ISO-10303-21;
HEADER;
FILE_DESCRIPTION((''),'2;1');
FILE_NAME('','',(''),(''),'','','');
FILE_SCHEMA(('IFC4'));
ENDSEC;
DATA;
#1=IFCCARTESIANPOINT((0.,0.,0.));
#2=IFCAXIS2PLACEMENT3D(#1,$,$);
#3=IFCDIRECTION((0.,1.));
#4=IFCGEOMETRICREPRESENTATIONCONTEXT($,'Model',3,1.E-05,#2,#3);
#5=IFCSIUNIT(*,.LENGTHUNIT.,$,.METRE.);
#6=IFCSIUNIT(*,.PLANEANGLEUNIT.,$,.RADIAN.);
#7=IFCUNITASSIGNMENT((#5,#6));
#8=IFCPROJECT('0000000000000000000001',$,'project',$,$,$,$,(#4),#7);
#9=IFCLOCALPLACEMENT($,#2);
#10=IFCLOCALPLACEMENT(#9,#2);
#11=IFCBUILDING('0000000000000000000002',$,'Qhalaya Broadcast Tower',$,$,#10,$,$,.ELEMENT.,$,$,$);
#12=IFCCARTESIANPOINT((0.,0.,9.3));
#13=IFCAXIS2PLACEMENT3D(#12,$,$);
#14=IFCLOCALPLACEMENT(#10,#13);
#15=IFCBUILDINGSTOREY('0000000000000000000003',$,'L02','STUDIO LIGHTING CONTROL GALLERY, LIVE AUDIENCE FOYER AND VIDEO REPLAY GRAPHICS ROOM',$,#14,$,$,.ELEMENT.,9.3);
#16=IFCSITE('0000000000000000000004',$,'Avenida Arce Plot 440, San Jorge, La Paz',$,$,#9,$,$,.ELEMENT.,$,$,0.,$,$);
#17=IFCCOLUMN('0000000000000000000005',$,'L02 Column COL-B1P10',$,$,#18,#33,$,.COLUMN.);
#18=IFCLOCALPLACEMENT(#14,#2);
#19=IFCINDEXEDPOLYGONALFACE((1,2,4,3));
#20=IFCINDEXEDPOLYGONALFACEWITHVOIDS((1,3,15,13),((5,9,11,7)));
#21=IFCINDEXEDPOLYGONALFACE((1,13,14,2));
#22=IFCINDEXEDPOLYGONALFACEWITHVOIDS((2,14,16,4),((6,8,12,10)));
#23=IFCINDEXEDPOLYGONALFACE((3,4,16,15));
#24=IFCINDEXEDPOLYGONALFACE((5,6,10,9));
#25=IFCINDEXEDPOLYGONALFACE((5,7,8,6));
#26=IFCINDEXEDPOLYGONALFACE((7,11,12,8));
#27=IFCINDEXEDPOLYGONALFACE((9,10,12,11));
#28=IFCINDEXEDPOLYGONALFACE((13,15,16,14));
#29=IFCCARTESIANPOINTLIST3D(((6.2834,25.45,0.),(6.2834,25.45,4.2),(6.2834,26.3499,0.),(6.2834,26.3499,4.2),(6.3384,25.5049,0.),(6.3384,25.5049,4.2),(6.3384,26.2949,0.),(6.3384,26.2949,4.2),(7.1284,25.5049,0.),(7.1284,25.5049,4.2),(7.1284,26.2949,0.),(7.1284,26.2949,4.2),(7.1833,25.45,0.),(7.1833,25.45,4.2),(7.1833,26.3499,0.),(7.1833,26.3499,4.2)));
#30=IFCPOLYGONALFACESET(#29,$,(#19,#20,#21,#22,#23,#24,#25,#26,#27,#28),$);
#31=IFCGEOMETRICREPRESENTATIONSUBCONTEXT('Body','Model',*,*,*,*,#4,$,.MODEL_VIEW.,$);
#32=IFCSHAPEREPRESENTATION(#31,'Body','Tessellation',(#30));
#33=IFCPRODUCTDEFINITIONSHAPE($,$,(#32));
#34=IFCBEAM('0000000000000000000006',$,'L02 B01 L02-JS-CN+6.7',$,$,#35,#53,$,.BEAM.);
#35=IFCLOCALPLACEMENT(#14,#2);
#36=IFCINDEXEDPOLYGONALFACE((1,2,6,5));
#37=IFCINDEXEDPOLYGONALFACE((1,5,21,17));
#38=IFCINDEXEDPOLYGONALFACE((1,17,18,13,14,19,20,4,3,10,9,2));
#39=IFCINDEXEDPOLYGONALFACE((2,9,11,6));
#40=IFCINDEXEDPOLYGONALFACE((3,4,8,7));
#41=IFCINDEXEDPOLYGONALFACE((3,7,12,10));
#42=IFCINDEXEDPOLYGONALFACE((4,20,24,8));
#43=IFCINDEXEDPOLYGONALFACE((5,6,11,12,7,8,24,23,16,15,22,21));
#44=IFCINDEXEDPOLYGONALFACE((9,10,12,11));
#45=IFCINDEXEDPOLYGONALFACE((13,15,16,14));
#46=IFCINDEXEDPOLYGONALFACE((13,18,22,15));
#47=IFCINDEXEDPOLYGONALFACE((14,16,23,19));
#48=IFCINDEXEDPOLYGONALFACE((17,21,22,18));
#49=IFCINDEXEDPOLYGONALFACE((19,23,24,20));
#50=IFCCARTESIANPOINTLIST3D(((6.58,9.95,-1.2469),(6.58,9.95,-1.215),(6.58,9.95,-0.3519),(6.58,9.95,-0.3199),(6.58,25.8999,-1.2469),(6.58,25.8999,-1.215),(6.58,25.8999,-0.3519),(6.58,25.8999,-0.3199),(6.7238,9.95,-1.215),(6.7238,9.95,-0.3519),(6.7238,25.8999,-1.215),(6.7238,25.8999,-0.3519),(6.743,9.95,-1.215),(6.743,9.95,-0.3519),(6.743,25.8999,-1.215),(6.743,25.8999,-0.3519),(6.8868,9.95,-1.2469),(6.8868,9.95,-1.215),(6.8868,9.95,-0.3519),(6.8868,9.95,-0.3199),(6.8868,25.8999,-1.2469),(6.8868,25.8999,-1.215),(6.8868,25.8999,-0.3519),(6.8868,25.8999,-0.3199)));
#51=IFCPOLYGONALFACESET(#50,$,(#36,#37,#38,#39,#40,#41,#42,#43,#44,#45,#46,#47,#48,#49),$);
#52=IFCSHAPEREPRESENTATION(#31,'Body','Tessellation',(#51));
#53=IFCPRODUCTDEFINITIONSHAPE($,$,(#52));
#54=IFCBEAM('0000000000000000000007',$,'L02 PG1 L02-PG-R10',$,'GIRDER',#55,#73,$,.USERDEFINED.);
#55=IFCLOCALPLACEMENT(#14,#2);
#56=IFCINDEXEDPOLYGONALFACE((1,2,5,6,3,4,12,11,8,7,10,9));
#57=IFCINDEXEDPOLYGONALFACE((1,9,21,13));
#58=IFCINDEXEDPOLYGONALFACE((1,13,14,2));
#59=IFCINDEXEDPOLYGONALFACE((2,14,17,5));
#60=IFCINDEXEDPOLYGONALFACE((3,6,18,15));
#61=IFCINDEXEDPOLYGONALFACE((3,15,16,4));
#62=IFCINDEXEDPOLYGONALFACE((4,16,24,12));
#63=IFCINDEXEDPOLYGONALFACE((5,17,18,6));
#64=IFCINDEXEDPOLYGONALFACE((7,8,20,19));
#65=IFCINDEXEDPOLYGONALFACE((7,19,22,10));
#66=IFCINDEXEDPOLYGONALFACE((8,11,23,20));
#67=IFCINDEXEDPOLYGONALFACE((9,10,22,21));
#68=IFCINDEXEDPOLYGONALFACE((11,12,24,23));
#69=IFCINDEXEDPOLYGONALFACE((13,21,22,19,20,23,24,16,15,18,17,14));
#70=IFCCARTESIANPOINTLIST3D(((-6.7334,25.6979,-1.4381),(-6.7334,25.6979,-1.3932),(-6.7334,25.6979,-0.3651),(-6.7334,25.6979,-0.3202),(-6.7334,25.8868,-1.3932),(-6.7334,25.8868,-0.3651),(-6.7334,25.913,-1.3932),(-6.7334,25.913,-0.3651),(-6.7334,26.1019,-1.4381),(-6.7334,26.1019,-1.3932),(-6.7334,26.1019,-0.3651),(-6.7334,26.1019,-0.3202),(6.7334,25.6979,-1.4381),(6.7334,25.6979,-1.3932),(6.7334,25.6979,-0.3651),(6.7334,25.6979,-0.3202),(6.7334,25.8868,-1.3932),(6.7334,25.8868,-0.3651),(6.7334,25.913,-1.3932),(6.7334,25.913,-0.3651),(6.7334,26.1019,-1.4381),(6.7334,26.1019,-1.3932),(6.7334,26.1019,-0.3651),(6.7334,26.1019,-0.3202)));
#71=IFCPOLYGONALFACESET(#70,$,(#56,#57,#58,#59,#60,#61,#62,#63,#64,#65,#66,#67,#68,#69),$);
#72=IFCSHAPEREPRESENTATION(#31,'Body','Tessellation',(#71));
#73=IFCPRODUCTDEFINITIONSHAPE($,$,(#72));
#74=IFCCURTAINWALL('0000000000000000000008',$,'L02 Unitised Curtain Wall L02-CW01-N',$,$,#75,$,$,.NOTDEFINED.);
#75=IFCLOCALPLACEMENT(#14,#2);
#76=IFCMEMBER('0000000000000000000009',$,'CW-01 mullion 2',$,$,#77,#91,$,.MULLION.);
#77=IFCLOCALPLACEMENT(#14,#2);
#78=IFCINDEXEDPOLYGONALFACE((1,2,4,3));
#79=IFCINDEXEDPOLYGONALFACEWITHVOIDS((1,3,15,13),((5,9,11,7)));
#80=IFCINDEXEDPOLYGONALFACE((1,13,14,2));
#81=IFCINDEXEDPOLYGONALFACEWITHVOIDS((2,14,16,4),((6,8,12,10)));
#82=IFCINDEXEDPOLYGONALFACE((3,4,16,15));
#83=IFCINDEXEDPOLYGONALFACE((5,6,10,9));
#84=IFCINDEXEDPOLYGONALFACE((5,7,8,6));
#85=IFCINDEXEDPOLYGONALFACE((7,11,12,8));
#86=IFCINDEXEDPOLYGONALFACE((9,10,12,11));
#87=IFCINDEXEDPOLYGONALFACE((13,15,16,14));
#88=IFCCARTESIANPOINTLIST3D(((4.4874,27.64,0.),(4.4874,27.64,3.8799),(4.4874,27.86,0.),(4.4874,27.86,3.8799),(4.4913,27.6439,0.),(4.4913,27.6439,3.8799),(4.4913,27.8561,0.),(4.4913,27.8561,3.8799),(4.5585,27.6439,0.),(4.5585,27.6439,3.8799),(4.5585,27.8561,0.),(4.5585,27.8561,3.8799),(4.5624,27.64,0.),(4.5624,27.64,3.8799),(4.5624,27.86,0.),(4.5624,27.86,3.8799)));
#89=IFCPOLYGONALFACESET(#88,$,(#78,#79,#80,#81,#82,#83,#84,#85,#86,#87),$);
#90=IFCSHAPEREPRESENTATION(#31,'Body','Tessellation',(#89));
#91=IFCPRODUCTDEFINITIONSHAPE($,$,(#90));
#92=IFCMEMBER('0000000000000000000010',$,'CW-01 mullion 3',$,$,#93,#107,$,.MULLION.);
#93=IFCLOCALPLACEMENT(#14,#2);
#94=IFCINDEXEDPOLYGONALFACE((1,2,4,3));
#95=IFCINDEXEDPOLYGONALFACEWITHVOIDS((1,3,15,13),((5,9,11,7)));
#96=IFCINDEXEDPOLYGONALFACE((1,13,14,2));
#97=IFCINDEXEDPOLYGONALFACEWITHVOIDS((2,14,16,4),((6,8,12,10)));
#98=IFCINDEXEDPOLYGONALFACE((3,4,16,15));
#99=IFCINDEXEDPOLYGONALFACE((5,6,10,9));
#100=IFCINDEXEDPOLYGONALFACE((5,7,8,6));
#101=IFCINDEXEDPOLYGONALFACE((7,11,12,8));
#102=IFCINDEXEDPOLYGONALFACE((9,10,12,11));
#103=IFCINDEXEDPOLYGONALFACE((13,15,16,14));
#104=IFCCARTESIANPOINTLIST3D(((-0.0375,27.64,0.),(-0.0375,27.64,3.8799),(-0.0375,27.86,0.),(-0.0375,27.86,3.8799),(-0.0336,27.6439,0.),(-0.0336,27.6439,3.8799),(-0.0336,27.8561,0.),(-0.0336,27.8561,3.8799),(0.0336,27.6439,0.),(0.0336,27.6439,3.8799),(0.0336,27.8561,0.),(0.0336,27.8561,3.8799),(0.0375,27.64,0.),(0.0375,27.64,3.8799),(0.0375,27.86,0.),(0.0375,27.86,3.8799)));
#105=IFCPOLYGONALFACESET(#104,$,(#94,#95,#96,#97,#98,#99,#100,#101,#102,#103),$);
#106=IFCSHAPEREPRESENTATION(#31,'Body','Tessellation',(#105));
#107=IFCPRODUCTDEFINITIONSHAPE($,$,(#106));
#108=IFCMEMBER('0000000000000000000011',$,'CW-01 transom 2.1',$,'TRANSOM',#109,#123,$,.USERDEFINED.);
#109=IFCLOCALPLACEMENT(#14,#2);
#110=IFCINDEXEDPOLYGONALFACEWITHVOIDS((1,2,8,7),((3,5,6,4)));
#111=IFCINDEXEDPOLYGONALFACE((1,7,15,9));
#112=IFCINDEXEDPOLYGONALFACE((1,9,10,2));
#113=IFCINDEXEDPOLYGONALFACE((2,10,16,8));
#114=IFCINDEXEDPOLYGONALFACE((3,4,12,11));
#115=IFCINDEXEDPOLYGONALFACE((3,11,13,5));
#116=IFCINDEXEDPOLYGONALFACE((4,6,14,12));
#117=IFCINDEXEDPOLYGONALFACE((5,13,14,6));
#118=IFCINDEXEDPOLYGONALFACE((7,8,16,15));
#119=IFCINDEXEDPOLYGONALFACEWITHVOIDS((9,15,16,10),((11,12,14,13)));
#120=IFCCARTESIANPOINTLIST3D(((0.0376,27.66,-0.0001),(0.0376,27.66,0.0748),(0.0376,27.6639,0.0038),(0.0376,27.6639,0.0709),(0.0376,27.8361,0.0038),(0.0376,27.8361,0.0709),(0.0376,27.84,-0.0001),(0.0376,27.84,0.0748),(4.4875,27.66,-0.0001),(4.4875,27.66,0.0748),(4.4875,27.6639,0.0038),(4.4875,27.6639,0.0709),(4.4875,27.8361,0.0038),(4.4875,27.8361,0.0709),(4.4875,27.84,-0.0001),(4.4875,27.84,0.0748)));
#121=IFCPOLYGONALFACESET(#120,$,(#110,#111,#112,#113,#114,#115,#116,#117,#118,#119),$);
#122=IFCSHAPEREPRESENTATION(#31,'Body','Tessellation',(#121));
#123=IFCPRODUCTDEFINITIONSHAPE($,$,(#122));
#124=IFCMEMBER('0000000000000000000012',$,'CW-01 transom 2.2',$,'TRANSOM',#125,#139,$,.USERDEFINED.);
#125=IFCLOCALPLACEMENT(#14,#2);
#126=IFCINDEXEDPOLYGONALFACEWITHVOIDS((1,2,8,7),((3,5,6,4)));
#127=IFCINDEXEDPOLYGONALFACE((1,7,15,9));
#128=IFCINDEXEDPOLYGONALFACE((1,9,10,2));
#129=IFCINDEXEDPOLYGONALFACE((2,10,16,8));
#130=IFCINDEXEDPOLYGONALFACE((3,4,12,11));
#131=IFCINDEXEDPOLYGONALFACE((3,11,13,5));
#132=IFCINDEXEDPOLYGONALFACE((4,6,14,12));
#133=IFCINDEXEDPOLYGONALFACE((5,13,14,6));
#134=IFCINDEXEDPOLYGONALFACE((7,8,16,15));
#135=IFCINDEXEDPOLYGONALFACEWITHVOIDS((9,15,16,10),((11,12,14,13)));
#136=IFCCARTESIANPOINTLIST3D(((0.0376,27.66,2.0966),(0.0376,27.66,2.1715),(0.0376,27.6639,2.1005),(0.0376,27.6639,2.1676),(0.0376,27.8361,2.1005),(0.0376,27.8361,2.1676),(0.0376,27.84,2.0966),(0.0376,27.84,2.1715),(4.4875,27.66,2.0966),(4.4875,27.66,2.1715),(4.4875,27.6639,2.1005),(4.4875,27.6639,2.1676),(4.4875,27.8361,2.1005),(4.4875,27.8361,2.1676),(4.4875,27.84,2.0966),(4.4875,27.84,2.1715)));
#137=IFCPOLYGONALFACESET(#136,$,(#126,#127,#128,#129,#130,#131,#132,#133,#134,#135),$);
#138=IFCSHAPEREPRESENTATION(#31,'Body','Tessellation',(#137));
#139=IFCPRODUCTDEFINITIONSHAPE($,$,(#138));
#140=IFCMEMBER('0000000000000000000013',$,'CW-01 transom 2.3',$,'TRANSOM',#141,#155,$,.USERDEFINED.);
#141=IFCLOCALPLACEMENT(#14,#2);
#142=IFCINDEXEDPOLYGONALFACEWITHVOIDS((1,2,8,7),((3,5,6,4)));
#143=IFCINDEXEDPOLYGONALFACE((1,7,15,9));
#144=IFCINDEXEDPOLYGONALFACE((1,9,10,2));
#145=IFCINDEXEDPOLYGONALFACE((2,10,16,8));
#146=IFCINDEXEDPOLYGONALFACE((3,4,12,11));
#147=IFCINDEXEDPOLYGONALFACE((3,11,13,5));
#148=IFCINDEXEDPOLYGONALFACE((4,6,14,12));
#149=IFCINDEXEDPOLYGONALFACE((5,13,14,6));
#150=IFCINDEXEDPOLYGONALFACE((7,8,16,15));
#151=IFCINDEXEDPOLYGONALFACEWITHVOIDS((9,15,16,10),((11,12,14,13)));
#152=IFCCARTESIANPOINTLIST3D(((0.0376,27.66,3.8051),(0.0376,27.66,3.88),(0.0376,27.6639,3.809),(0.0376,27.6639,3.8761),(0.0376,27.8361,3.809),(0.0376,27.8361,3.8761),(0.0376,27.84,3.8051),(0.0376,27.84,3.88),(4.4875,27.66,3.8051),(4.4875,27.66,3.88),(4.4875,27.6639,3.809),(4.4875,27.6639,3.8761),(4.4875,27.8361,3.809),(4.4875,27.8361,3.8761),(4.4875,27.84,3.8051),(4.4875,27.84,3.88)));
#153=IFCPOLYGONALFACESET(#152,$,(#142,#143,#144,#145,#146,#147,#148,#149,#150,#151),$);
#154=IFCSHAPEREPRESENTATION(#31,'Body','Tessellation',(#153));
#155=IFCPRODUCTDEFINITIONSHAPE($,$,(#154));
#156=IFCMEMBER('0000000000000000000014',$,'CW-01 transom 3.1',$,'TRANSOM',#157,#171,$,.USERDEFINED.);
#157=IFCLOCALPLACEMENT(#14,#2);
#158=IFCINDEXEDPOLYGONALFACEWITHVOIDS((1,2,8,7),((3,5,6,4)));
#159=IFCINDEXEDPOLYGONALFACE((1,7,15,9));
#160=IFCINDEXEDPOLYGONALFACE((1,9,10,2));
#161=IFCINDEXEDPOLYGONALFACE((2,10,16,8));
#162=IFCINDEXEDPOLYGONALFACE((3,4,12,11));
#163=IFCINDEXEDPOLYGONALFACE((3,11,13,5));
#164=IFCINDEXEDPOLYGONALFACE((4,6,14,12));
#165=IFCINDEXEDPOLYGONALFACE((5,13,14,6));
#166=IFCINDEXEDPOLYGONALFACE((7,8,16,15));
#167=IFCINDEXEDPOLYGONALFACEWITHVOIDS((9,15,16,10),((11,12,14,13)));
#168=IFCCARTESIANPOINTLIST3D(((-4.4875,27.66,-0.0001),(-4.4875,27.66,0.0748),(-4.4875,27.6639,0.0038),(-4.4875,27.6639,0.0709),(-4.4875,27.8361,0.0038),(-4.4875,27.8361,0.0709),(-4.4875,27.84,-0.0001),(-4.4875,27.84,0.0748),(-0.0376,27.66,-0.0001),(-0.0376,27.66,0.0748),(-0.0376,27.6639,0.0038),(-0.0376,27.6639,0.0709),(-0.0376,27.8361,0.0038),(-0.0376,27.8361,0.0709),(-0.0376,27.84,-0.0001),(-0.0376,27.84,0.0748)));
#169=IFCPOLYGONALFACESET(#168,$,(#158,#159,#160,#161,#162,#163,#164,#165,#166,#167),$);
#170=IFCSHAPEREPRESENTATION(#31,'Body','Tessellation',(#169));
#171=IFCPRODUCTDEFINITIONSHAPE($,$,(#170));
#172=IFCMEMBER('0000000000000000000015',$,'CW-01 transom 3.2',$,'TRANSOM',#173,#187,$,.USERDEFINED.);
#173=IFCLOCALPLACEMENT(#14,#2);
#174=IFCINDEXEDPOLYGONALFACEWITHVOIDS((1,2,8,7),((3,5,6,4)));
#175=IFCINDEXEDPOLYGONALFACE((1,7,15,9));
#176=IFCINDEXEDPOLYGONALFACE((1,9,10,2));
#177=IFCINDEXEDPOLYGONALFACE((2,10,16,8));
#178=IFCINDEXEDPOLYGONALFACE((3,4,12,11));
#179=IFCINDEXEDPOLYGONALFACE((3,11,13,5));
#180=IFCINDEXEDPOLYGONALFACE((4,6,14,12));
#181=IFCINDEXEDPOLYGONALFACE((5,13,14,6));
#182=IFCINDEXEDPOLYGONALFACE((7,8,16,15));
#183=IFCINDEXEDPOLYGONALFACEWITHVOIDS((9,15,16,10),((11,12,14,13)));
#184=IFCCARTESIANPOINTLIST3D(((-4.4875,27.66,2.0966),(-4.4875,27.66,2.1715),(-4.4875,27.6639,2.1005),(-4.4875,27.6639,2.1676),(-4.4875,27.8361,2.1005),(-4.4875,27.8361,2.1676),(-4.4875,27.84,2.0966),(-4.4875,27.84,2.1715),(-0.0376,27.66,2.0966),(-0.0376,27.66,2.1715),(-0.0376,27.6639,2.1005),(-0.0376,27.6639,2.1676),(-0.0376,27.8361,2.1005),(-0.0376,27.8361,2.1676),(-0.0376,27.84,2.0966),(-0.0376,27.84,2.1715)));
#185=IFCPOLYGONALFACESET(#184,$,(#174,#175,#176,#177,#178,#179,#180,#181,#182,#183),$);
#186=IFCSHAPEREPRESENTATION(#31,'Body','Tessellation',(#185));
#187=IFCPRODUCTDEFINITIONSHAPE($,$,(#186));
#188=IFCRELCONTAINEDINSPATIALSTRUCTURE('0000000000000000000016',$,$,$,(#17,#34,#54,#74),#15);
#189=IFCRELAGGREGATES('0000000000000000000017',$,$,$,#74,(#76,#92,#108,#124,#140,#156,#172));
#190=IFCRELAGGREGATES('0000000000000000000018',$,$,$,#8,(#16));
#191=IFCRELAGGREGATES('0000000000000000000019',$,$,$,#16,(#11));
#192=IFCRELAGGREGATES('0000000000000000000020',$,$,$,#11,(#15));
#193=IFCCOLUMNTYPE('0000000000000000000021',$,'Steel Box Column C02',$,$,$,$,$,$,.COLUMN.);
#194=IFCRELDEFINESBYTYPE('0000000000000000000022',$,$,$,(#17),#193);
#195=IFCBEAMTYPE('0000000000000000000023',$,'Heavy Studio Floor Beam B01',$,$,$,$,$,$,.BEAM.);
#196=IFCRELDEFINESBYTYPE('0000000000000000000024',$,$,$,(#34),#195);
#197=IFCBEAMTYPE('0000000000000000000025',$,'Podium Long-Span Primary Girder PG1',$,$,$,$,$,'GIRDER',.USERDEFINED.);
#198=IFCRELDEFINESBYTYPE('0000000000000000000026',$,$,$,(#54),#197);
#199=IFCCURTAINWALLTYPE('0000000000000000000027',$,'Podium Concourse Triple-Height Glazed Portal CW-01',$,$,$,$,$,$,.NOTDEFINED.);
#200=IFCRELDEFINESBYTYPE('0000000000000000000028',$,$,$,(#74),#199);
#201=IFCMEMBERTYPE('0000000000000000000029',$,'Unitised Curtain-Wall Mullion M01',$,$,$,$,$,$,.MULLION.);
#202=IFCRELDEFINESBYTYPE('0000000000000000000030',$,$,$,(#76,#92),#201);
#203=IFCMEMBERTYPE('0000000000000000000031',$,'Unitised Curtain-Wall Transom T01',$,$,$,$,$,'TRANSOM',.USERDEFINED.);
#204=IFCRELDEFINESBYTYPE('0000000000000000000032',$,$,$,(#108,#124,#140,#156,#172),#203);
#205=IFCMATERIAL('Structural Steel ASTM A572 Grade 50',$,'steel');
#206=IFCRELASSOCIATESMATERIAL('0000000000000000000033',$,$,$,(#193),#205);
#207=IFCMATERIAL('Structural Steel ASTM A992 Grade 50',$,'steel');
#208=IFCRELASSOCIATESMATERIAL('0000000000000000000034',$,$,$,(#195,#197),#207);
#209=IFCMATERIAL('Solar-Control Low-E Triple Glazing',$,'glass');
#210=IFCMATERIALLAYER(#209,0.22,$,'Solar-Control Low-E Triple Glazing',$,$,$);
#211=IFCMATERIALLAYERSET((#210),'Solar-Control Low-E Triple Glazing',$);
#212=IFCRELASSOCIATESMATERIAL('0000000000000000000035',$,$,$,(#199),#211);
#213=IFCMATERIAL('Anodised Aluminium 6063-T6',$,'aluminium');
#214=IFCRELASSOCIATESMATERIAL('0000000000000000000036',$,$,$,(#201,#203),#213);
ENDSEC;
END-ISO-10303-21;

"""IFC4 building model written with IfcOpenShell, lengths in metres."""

from ifc_helpers import new_model, si_unit, direction, frame, origin, origin_2d, place, context, subcontext, project, spatial, hollow_rectangle, i_section, extrude, material, layer, layer_set, material_profile, profile_set, type_object, element, aggregate, save


model = new_model("IFC4")

# Units and contexts
model_context = context("Model", 3, precision=1e-05, world=origin(), true_north=direction((0.0, 1.0)))
body_context = subcontext(model_context, "Body", "Model", "MODEL_VIEW")
ifc_project = project(units=[si_unit("LENGTHUNIT", "METRE"), si_unit("PLANEANGLEUNIT", "RADIAN")], contexts=[model_context])

# Site, building, storey
site_placement = place(None, origin())
site = spatial("IfcSite", under=ifc_project, at=site_placement, Name="Avenida Arce Plot 440, San Jorge, La Paz", CompositionType="ELEMENT", RefElevation=0.0)
building_placement = place(site_placement, origin())
building = spatial("IfcBuilding", under=site, at=building_placement, Name="Qhalaya Broadcast Tower", CompositionType="ELEMENT")
storey_placement = place(building_placement, frame((0.0, 0.0, 9.3)))
storey = spatial("IfcBuildingStorey", under=building, at=storey_placement, Name="L02", Description="STUDIO LIGHTING CONTROL GALLERY, LIVE AUDIENCE FOYER AND VIDEO REPLAY GRAPHICS ROOM", CompositionType="ELEMENT", Elevation=9.3)

# Column
ifc_material_1 = material(Name="Structural Steel ASTM A572 Grade 50", Category="steel")
ifc_material_profile_1 = material_profile(ifc_material_1, hollow_rectangle(XDim=0.8999, YDim=0.8999, WallThickness=0.0549, at=origin_2d()), Name="BOX 900x900x55")
ifc_profile_set_1 = profile_set([ifc_material_profile_1], Name="Structural Steel ASTM A572 Grade 50")
column_type = type_object("IfcColumnType", Name="Steel Box Column C02", PredefinedType="COLUMN", material=ifc_profile_set_1)
column_placement = place(storey_placement, frame((6.7334, 25.8999, 0.0), z_axis=(0.0, 0.0, 1.0), x_axis=(1.0, 0.0, 0.0)))
element("IfcColumn", 1, at=column_placement, inside=storey, type_object=column_type, Name="L02 Column COL-B1P10", PredefinedType="COLUMN", context=body_context, shape_type="SweptSolid", body=[
    extrude(hollow_rectangle(XDim=0.8999, YDim=0.8999, WallThickness=0.0549, at=origin_2d()), origin(), (0.0, 0.0, 1.0), 4.2),
])

# Beams
ifc_material_2 = material(Name="Structural Steel ASTM A992 Grade 50", Category="steel")
ifc_material_profile_2 = material_profile(ifc_material_2, i_section(OverallWidth=0.3069, OverallDepth=0.927, WebThickness=0.0193, FlangeThickness=0.032, at=origin_2d()), Name="W36X194")
ifc_profile_set_2 = profile_set([ifc_material_profile_2], Name="Structural Steel ASTM A992 Grade 50")
beam_type_1 = type_object("IfcBeamType", Name="Heavy Studio Floor Beam B01", PredefinedType="BEAM", material=ifc_profile_set_2)
beam_1_placement = place(storey_placement, frame((6.7334, 9.95, -0.7834), z_axis=(0.0, 1.0, 0.0), x_axis=(-1.0, 0.0, 0.0)))
element("IfcBeam", 2, at=beam_1_placement, inside=storey, type_object=beam_type_1, Name="L02 B01 L02-JS-CN+6.7", PredefinedType="BEAM", context=body_context, shape_type="SweptSolid", body=[
    extrude(i_section(OverallWidth=0.3069, OverallDepth=0.927, WebThickness=0.0193, FlangeThickness=0.032, at=origin_2d()), origin(), (0.0, 0.0, 1.0), 15.95),
])
ifc_material_profile_3 = material_profile(ifc_material_2, i_section(OverallWidth=0.4041, OverallDepth=1.1179, WebThickness=0.0261, FlangeThickness=0.0449, at=origin_2d()), Name="W44X335")
ifc_profile_set_3 = profile_set([ifc_material_profile_3], Name="Structural Steel ASTM A992 Grade 50")
beam_type_2 = type_object("IfcBeamType", Name="Podium Long-Span Primary Girder PG1", ElementType="GIRDER", PredefinedType="USERDEFINED", material=ifc_profile_set_3)
beam_2_placement = place(storey_placement, frame((6.7334, 25.8999, -0.8792), z_axis=(-1.0, 0.0, 0.0), x_axis=(0.0, -1.0, 0.0)))
element("IfcBeam", 3, at=beam_2_placement, inside=storey, type_object=beam_type_2, Name="L02 PG1 L02-PG-R10", ObjectType="GIRDER", PredefinedType="USERDEFINED", context=body_context, shape_type="SweptSolid", body=[
    extrude(i_section(OverallWidth=0.4041, OverallDepth=1.1179, WebThickness=0.0261, FlangeThickness=0.0449, at=origin_2d()), origin(), (0.0, 0.0, 1.0), 13.4668),
])

# Curtain wall, members
ifc_material_3 = material(Name="Solar-Control Low-E Triple Glazing", Category="glass")
ifc_layer_1 = layer(ifc_material_3, 0.22, Name="Solar-Control Low-E Triple Glazing")
ifc_layer_set_1 = layer_set([ifc_layer_1], Name="Solar-Control Low-E Triple Glazing")
curtain_wall_type = type_object("IfcCurtainWallType", Name="Podium Concourse Triple-Height Glazed Portal CW-01", PredefinedType="NOTDEFINED", material=ifc_layer_set_1)
curtain_wall_placement = place(storey_placement, origin())
curtain_wall = element("IfcCurtainWall", 4, at=curtain_wall_placement, inside=storey, type_object=curtain_wall_type, Name="L02 Unitised Curtain Wall L02-CW01-N", PredefinedType="NOTDEFINED")
ifc_material_4 = material(Name="Anodised Aluminium 6063-T6", Category="aluminium")
ifc_material_profile_4 = material_profile(ifc_material_4, hollow_rectangle(XDim=0.075, YDim=0.22, WallThickness=0.0039, at=origin_2d()), Name="ALU-MUL 75x220x4")
ifc_profile_set_4 = profile_set([ifc_material_profile_4], Name="Anodised Aluminium 6063-T6")
member_type_1 = type_object("IfcMemberType", Name="Unitised Curtain-Wall Mullion M01", PredefinedType="MULLION", material=ifc_profile_set_4)
member_1_placement = place(storey_placement, frame((4.5249, 27.75, 0.0), z_axis=(0.0, 0.0, 1.0), x_axis=(-1.0, 0.0, 0.0)))
member_1 = element("IfcMember", 5, at=member_1_placement, type_object=member_type_1, Name="CW-01 mullion 2", PredefinedType="MULLION", context=body_context, shape_type="SweptSolid", body=[
    extrude(hollow_rectangle(XDim=0.075, YDim=0.22, WallThickness=0.0039, at=origin_2d()), origin(), (0.0, 0.0, 1.0), 3.8799),
])
member_2_placement = place(storey_placement, frame((0.0, 27.75, 0.0), z_axis=(0.0, 0.0, 1.0), x_axis=(-1.0, 0.0, 0.0)))
member_2 = element("IfcMember", 6, at=member_2_placement, type_object=member_type_1, Name="CW-01 mullion 3", PredefinedType="MULLION", context=body_context, shape_type="SweptSolid", body=[
    extrude(hollow_rectangle(XDim=0.075, YDim=0.22, WallThickness=0.0039, at=origin_2d()), origin(), (0.0, 0.0, 1.0), 3.8799),
])
ifc_material_profile_5 = material_profile(ifc_material_4, hollow_rectangle(XDim=0.075, YDim=0.1799, WallThickness=0.0039, at=origin_2d()), Name="ALU-TRN 75x180x4")
ifc_profile_set_5 = profile_set([ifc_material_profile_5], Name="Anodised Aluminium 6063-T6")
member_type_2 = type_object("IfcMemberType", Name="Unitised Curtain-Wall Transom T01", ElementType="TRANSOM", PredefinedType="USERDEFINED", material=ifc_profile_set_5)
member_3_placement = place(storey_placement, frame((4.4875, 27.75, 0.0374), z_axis=(-1.0, 0.0, 0.0), x_axis=(0.0, 0.0, 1.0)))
member_3 = element("IfcMember", 7, at=member_3_placement, type_object=member_type_2, Name="CW-01 transom 2.1", ObjectType="TRANSOM", PredefinedType="USERDEFINED", context=body_context, shape_type="SweptSolid", body=[
    extrude(hollow_rectangle(XDim=0.075, YDim=0.1799, WallThickness=0.0039, at=origin_2d()), origin(), (0.0, 0.0, 1.0), 4.45),
])
member_4_placement = place(storey_placement, frame((4.4875, 27.75, 2.134), z_axis=(-1.0, 0.0, 0.0), x_axis=(0.0, 0.0, 1.0)))
member_4 = element("IfcMember", 8, at=member_4_placement, type_object=member_type_2, Name="CW-01 transom 2.2", ObjectType="TRANSOM", PredefinedType="USERDEFINED", context=body_context, shape_type="SweptSolid", body=[
    extrude(hollow_rectangle(XDim=0.075, YDim=0.1799, WallThickness=0.0039, at=origin_2d()), origin(), (0.0, 0.0, 1.0), 4.45),
])
member_5_placement = place(storey_placement, frame((4.4875, 27.75, 3.8425), z_axis=(-1.0, 0.0, 0.0), x_axis=(0.0, 0.0, 1.0)))
member_5 = element("IfcMember", 9, at=member_5_placement, type_object=member_type_2, Name="CW-01 transom 2.3", ObjectType="TRANSOM", PredefinedType="USERDEFINED", context=body_context, shape_type="SweptSolid", body=[
    extrude(hollow_rectangle(XDim=0.075, YDim=0.1799, WallThickness=0.0039, at=origin_2d()), origin(), (0.0, 0.0, 1.0), 4.45),
])
member_6_placement = place(storey_placement, frame((-0.0376, 27.75, 0.0374), z_axis=(-1.0, 0.0, 0.0), x_axis=(0.0, 0.0, 1.0)))
member_6 = element("IfcMember", 10, at=member_6_placement, type_object=member_type_2, Name="CW-01 transom 3.1", ObjectType="TRANSOM", PredefinedType="USERDEFINED", context=body_context, shape_type="SweptSolid", body=[
    extrude(hollow_rectangle(XDim=0.075, YDim=0.1799, WallThickness=0.0039, at=origin_2d()), origin(), (0.0, 0.0, 1.0), 4.45),
])
member_7_placement = place(storey_placement, frame((-0.0376, 27.75, 2.134), z_axis=(-1.0, 0.0, 0.0), x_axis=(0.0, 0.0, 1.0)))
member_7 = element("IfcMember", 11, at=member_7_placement, type_object=member_type_2, Name="CW-01 transom 3.2", ObjectType="TRANSOM", PredefinedType="USERDEFINED", context=body_context, shape_type="SweptSolid", body=[
    extrude(hollow_rectangle(XDim=0.075, YDim=0.1799, WallThickness=0.0039, at=origin_2d()), origin(), (0.0, 0.0, 1.0), 4.45),
])
aggregate(curtain_wall, [member_1, member_2, member_3, member_4, member_5, member_6, member_7])

save(model, "model.ifc")
